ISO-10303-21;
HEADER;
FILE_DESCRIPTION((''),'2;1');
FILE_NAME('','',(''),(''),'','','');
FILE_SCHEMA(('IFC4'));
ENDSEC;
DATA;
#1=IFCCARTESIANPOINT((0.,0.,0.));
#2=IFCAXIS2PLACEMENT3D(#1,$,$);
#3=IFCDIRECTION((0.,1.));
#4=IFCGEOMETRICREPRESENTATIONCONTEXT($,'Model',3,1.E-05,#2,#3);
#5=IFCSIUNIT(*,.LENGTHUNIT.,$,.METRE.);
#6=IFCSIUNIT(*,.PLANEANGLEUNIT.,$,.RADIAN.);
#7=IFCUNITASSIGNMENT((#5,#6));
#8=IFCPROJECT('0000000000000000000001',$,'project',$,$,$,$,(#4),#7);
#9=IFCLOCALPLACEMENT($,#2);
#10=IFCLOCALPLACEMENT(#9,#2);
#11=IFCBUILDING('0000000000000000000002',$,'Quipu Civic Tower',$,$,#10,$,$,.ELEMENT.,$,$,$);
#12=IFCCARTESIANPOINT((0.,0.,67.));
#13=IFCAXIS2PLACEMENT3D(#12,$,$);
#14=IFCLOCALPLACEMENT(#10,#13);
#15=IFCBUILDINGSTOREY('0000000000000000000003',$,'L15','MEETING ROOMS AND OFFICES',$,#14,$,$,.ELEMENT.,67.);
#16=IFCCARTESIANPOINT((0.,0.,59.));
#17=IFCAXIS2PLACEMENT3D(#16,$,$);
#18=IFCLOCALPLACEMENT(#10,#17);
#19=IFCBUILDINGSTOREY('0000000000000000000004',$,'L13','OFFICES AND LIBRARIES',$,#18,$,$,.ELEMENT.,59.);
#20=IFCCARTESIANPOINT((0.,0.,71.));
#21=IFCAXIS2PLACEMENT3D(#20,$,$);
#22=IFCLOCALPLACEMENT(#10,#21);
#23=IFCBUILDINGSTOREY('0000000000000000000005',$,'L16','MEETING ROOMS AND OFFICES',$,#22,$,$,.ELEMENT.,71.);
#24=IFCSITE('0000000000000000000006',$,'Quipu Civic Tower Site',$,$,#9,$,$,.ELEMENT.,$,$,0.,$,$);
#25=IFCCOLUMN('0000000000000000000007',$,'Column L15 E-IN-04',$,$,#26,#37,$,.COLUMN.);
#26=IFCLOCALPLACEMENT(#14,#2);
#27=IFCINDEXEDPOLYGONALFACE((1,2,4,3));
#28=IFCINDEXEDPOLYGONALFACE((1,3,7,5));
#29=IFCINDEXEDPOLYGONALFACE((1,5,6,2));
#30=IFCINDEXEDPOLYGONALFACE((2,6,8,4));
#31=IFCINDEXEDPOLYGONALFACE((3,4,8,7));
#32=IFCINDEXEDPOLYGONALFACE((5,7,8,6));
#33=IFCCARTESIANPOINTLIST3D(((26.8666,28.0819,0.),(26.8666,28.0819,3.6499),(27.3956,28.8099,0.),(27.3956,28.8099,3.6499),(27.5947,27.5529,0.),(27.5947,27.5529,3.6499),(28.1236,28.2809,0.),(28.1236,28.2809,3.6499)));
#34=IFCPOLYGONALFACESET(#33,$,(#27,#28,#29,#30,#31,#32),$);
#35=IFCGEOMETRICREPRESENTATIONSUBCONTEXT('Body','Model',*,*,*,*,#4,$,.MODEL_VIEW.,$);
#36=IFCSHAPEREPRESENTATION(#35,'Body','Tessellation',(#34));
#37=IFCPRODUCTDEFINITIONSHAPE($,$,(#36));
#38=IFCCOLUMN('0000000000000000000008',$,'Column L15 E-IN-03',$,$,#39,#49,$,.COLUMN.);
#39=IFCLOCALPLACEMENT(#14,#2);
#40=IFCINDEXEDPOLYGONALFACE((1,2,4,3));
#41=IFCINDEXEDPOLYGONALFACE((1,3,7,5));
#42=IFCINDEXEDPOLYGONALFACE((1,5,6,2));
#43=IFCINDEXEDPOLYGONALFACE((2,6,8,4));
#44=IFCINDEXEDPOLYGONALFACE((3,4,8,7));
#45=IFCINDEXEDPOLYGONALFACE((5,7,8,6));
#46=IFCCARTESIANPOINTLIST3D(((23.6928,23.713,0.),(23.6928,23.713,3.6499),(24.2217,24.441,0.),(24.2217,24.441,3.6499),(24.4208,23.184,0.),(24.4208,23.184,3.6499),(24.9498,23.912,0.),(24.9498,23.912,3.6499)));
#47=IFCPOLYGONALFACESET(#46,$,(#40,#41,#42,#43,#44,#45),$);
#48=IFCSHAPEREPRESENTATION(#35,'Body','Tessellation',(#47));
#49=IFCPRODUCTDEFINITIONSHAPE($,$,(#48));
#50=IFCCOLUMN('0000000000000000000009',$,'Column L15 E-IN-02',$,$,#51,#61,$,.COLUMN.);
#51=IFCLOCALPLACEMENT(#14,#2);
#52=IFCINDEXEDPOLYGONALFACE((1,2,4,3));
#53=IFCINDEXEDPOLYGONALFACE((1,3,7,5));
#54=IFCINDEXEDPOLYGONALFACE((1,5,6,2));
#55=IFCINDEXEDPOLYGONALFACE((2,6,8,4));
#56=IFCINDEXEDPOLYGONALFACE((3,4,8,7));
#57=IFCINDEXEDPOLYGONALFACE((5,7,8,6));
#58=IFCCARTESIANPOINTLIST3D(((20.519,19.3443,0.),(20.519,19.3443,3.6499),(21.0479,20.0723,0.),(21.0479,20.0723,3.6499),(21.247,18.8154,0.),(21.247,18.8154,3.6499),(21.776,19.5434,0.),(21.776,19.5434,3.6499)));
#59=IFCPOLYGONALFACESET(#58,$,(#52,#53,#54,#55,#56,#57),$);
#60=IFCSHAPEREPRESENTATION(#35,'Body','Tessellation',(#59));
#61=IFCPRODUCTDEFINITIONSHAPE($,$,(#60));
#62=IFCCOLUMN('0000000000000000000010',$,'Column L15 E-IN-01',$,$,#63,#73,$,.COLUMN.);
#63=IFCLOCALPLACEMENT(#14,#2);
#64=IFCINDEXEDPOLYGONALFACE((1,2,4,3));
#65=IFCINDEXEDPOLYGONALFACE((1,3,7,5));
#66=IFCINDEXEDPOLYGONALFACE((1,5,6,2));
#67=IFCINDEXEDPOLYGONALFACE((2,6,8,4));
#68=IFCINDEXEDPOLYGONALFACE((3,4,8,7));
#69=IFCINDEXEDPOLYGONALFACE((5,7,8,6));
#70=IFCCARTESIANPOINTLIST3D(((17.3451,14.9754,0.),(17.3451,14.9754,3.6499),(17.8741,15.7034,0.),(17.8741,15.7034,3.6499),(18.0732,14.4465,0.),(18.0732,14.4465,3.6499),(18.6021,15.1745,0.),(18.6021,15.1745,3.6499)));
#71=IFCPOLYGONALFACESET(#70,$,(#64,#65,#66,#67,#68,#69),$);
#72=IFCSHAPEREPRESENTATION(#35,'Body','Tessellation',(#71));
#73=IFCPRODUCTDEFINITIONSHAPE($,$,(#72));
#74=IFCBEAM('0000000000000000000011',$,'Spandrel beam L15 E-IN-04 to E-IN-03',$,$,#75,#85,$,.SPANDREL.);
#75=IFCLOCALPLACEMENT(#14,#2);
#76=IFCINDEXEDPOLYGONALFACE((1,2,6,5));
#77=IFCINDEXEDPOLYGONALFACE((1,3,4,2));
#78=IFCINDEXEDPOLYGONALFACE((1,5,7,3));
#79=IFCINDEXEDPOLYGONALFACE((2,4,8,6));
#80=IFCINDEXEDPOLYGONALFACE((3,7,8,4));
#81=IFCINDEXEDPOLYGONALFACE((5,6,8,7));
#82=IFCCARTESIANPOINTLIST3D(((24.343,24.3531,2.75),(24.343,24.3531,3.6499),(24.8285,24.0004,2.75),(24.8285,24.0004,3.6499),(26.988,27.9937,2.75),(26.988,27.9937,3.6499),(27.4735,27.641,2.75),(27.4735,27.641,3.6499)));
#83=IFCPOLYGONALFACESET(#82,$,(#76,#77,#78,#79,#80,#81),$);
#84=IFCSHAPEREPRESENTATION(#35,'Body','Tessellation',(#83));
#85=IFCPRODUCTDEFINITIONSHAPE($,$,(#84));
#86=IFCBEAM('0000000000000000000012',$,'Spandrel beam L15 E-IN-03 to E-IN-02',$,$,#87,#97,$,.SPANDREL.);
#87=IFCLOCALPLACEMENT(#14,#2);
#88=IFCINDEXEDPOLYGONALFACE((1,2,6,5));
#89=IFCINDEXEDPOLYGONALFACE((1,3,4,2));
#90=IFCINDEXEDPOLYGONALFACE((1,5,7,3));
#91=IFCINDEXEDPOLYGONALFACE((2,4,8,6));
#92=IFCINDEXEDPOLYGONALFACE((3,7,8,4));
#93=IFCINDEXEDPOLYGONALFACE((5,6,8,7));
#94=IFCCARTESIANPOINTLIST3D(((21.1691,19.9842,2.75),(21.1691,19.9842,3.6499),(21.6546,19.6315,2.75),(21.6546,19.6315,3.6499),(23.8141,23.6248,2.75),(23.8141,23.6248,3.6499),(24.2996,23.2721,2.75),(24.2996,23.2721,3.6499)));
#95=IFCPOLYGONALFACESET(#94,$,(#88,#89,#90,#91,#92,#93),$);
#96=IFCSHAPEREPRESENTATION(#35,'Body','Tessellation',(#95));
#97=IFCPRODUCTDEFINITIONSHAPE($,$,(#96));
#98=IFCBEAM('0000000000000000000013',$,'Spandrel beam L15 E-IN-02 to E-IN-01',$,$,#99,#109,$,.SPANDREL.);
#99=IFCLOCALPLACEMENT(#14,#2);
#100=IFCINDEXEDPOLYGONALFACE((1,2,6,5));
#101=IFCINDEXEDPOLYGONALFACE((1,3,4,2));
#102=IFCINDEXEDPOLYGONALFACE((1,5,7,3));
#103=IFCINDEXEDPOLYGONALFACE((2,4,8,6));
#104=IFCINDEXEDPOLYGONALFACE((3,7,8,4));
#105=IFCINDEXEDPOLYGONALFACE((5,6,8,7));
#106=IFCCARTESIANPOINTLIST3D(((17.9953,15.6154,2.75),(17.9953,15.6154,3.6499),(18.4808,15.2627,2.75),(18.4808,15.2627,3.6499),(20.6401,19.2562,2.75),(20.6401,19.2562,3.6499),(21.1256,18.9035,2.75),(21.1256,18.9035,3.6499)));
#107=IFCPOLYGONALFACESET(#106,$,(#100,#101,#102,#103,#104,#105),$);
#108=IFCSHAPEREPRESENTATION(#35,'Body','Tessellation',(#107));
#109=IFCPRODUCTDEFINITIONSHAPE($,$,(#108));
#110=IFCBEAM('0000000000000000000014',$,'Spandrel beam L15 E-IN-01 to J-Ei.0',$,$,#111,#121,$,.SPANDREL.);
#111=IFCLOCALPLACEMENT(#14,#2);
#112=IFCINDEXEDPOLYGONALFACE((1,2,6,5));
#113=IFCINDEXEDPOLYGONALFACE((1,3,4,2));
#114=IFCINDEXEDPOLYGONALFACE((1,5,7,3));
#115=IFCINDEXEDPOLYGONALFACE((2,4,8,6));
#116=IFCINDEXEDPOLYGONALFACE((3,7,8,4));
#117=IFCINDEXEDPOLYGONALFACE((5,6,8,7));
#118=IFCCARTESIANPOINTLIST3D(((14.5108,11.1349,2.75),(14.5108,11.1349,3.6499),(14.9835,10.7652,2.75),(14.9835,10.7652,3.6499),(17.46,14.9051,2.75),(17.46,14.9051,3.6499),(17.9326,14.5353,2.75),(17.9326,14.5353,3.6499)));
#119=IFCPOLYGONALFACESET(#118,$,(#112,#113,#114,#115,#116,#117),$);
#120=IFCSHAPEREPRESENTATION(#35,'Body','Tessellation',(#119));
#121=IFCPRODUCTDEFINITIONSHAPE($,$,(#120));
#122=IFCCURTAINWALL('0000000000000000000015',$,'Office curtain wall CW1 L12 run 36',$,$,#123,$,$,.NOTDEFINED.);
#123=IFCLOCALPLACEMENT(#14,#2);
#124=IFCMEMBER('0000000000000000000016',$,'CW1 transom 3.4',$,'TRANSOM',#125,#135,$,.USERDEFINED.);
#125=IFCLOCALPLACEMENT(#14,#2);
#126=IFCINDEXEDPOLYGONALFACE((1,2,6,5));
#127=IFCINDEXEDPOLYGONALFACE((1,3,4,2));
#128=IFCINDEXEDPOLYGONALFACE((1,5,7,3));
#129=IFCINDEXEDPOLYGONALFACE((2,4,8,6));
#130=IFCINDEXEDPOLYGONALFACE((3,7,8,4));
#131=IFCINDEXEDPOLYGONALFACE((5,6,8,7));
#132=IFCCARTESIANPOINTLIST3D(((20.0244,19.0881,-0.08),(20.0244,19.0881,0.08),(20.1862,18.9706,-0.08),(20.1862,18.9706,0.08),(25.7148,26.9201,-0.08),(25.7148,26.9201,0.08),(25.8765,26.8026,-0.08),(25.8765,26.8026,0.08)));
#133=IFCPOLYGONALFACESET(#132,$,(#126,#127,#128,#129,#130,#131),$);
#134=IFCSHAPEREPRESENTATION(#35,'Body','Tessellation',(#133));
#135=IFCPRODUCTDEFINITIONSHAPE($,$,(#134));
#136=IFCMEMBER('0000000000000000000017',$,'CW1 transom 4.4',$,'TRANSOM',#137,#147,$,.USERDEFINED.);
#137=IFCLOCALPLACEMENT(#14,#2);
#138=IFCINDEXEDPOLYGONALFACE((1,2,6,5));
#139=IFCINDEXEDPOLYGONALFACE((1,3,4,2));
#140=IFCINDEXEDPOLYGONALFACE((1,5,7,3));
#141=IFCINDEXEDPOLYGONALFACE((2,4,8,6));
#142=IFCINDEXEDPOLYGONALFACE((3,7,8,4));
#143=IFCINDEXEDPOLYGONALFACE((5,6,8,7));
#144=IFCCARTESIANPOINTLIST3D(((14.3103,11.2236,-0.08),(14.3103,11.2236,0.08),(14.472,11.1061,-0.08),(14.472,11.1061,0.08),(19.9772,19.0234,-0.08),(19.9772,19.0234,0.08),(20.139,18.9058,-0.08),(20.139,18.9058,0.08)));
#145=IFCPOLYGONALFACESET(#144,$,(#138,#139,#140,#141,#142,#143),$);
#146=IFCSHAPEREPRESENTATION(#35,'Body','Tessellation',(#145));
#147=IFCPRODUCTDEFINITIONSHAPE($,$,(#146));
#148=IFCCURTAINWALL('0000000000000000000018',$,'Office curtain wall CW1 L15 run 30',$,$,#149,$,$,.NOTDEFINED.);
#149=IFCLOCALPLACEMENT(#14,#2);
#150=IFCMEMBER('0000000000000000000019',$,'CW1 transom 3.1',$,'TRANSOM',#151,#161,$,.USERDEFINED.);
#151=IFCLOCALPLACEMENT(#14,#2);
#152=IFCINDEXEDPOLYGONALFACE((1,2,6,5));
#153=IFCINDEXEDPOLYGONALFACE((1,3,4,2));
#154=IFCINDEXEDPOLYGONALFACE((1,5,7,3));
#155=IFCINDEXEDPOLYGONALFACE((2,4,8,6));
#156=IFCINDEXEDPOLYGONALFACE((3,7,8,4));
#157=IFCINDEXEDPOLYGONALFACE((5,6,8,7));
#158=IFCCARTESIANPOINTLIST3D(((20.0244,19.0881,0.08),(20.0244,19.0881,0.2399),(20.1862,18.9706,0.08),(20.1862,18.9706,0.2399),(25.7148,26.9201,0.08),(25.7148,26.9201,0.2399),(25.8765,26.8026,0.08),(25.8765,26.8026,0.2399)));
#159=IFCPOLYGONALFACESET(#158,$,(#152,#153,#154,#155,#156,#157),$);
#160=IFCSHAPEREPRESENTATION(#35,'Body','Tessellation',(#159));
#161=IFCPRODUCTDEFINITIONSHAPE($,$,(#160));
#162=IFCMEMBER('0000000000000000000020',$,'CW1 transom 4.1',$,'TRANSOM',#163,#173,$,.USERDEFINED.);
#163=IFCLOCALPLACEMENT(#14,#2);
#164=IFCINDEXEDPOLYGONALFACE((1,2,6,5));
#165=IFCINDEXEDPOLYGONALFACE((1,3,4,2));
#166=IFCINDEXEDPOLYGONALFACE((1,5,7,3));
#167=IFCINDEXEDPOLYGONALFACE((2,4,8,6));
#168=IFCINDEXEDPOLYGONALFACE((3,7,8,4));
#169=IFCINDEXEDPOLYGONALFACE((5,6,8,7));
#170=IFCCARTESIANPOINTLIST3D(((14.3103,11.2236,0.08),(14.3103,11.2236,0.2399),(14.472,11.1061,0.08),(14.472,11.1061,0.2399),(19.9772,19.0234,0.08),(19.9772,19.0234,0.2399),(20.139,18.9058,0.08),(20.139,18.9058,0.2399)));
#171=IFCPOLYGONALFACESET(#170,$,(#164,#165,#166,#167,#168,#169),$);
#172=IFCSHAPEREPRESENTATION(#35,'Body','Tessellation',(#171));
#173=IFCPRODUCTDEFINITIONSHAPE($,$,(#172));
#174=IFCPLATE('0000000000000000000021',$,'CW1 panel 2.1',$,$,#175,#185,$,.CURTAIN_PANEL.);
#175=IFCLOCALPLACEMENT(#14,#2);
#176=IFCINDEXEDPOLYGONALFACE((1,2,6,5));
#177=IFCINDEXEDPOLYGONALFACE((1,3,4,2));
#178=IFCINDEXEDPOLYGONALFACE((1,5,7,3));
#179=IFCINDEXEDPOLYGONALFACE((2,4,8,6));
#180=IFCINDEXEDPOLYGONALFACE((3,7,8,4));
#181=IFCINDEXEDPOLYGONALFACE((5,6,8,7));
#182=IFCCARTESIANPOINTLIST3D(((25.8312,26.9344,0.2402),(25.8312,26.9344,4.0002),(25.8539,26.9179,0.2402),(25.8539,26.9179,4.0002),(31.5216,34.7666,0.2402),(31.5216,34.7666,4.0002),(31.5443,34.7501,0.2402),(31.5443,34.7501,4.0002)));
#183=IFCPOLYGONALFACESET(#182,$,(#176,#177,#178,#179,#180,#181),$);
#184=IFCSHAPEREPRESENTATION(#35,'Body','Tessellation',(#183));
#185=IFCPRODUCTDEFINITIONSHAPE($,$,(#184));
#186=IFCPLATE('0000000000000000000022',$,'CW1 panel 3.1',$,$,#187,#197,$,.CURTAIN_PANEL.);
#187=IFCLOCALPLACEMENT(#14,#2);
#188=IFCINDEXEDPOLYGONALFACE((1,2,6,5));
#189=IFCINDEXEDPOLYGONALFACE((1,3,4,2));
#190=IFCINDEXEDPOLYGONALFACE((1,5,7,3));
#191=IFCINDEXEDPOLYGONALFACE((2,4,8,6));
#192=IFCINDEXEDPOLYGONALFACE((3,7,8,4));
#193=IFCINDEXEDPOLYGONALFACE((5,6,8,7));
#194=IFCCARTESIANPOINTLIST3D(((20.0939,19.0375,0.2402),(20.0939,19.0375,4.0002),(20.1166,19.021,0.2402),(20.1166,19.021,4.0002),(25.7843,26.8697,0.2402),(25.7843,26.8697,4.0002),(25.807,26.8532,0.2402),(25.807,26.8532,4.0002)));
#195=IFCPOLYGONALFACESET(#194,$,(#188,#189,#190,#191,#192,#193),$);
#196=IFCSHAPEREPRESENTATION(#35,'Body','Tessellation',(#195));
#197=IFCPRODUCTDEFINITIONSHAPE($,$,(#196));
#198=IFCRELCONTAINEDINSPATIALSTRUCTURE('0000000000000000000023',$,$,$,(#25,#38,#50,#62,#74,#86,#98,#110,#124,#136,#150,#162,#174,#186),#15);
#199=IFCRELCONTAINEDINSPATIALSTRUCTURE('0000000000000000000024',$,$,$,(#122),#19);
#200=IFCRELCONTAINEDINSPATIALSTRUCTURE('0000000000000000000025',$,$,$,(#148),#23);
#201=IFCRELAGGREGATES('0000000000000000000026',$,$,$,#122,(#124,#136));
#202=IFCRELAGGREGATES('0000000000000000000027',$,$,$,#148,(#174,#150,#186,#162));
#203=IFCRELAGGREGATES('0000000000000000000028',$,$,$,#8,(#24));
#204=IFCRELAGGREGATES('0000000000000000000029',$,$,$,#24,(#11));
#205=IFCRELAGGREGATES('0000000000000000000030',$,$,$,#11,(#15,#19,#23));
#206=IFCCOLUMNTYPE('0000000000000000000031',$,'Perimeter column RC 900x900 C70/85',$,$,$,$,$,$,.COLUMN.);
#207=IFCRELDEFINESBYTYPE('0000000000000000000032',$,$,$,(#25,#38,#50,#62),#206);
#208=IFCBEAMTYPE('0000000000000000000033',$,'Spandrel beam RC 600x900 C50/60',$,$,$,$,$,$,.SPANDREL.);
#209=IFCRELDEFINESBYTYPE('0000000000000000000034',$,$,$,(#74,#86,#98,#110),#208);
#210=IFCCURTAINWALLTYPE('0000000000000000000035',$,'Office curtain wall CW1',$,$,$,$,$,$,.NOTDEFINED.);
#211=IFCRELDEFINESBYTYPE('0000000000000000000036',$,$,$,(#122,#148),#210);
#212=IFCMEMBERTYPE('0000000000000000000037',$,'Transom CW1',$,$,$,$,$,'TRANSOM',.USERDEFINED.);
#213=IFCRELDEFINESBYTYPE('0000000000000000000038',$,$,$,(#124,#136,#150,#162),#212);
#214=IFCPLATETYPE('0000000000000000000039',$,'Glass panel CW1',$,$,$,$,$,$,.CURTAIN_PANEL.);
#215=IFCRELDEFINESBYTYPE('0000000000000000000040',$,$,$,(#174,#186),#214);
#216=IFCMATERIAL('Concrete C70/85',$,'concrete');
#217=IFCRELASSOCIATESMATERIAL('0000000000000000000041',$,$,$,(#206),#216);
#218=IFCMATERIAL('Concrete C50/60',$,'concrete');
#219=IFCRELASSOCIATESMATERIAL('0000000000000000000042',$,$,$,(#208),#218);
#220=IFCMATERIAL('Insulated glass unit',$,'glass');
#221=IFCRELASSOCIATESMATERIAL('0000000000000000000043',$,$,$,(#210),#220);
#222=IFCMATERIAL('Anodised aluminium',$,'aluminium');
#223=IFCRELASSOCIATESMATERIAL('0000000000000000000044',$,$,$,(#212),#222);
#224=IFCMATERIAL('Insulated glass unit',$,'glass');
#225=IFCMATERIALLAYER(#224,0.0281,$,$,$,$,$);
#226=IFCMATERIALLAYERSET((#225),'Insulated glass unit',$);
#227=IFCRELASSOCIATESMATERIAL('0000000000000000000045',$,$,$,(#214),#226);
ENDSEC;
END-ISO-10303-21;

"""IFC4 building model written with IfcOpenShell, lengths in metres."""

from ifc_helpers import new_model, si_unit, direction, frame, origin, origin_2d, place, context, subcontext, project, spatial, rectangle, extrude, material, layer, layer_set, material_profile, profile_set, type_object, element, aggregate, save


model = new_model("IFC4")

# Units and contexts
model_context = context("Model", 3, precision=1e-05, world=origin(), true_north=direction((0.0, 1.0)))
body_context = subcontext(model_context, "Body", "Model", "MODEL_VIEW")
ifc_project = project(units=[si_unit("LENGTHUNIT", "METRE"), si_unit("PLANEANGLEUNIT", "RADIAN")], contexts=[model_context])

# Site, building, storey
site_placement = place(None, origin())
site = spatial("IfcSite", under=ifc_project, at=site_placement, Name="Quipu Civic Tower Site", CompositionType="ELEMENT", RefElevation=0.0)
building_placement = place(site_placement, origin())
building = spatial("IfcBuilding", under=site, at=building_placement, Name="Quipu Civic Tower", CompositionType="ELEMENT")
storey_1_placement = place(building_placement, frame((0.0, 0.0, 67.0)))
storey_1 = spatial("IfcBuildingStorey", under=building, at=storey_1_placement, Name="L15", Description="MEETING ROOMS AND OFFICES", CompositionType="ELEMENT", Elevation=67.0)

# Columns
ifc_material_1 = material(Name="Concrete C70/85", Category="concrete")
ifc_material_profile_1 = material_profile(ifc_material_1, rectangle(XDim=0.8999, YDim=0.8999, at=origin_2d()), Name="RC900x900")
ifc_profile_set_1 = profile_set([ifc_material_profile_1], Name="Concrete C70/85")
column_type = type_object("IfcColumnType", Name="Perimeter column RC 900x900 C70/85", PredefinedType="COLUMN", material=ifc_profile_set_1)
for number, where, z_axis, x_axis, name in (
    (1, (27.4951, 28.1814, 0.0), (0.0, 0.0, 1.0), (-0.587785, -0.809017, 0.0), "Column L15 E-IN-04"),
    (2, (24.3213, 23.8125, 0.0), (0.0, 0.0, 1.0), (-0.587785, -0.809017, 0.0), "Column L15 E-IN-03"),
    (3, (21.1475, 19.4438, 0.0), (0.0, 0.0, 1.0), (-0.587785, -0.809017, 0.0), "Column L15 E-IN-02"),
    (4, (17.9736, 15.075, 0.0), (0.0, 0.0, 1.0), (-0.587785, -0.809017, 0.0), "Column L15 E-IN-01"),
):
    element("IfcColumn", number, at=place(storey_1_placement, frame(where, z_axis=z_axis, x_axis=x_axis)), inside=storey_1, type_object=column_type, Name=name, PredefinedType="COLUMN", context=body_context, shape_type="SweptSolid", body=[
        extrude(rectangle(XDim=0.8999, YDim=0.8999, at=origin_2d()), origin(), (0.0, 0.0, 1.0), 3.6499),
    ])

# Beams
ifc_material_2 = material(Name="Concrete C50/60", Category="concrete")
ifc_material_profile_2 = material_profile(ifc_material_2, rectangle(XDim=0.6001, YDim=0.8999, at=origin_2d()), Name="RC600x900")
ifc_profile_set_2 = profile_set([ifc_material_profile_2], Name="Concrete C50/60")
beam_type = type_object("IfcBeamType", Name="Spandrel beam RC 600x900 C50/60", PredefinedType="SPANDREL", material=ifc_profile_set_2)
for number, where, z_axis, x_axis, name in (
    (5, (27.2307, 27.8174, 3.2), (-0.587778, -0.809022, 0.0), (0.809022, -0.587778, 0.0), "Spandrel beam L15 E-IN-04 to E-IN-03"),
    (6, (24.0569, 23.4485, 3.2), (-0.587778, -0.809022, 0.0), (0.809022, -0.587778, 0.0), "Spandrel beam L15 E-IN-03 to E-IN-02"),
    (7, (20.8828, 19.0798, 3.2), (-0.587717, -0.809067, 0.0), (0.809067, -0.587717, 0.0), "Spandrel beam L15 E-IN-02 to E-IN-01"),
):
    element("IfcBeam", number, at=place(storey_1_placement, frame(where, z_axis=z_axis, x_axis=x_axis)), inside=storey_1, type_object=beam_type, Name=name, PredefinedType="SPANDREL", context=body_context, shape_type="SweptSolid", body=[
        extrude(rectangle(XDim=0.6001, YDim=0.8999, at=origin_2d()), origin(), (0.0, 0.0, 1.0), 4.5),
    ])
beam_placement = place(storey_1_placement, frame((17.6963, 14.7202, 3.2), z_axis=(-0.616124, -0.787649, 0.0), x_axis=(0.787649, -0.616124, 0.0)))
element("IfcBeam", 8, at=beam_placement, inside=storey_1, type_object=beam_type, Name="Spandrel beam L15 E-IN-01 to J-Ei.0", PredefinedType="SPANDREL", context=body_context, shape_type="SweptSolid", body=[
    extrude(rectangle(XDim=0.6001, YDim=0.8999, at=origin_2d()), origin(), (0.0, 0.0, 1.0), 4.7866),
])

# Shared definitions
storey_2_placement = place(building_placement, frame((0.0, 0.0, 59.0)))
storey_2 = spatial("IfcBuildingStorey", under=building, at=storey_2_placement, Name="L13", Description="OFFICES AND LIBRARIES", CompositionType="ELEMENT", Elevation=59.0)

# Curtain wall, members
ifc_material_3 = material(Name="Insulated glass unit", Category="glass")
curtain_wall_type = type_object("IfcCurtainWallType", Name="Office curtain wall CW1", PredefinedType="NOTDEFINED", material=ifc_material_3)
curtain_wall_1_placement = place(storey_2_placement, origin())
curtain_wall_1 = element("IfcCurtainWall", 9, at=curtain_wall_1_placement, inside=storey_2, type_object=curtain_wall_type, Name="Office curtain wall CW1 L12 run 36", PredefinedType="NOTDEFINED")
ifc_material_4 = material(Name="Anodised aluminium", Category="aluminium")
ifc_material_profile_3 = material_profile(ifc_material_4, rectangle(XDim=0.2, YDim=0.1599, at=origin_2d()), Name="RECT 200x160")
ifc_profile_set_3 = profile_set([ifc_material_profile_3], Name="Anodised aluminium")
member_type = type_object("IfcMemberType", Name="Transom CW1", ElementType="TRANSOM", PredefinedType="USERDEFINED", material=ifc_profile_set_3)
member_1_placement = place(storey_1_placement, frame((25.7957, 26.8613, 0.0), z_axis=(-0.587794, -0.809011, 0.0), x_axis=(0.809011, -0.587794, 0.0)))
member_1 = element("IfcMember", 10, at=member_1_placement, inside=storey_1, type_object=member_type, Name="CW1 transom 3.4", ObjectType="TRANSOM", PredefinedType="USERDEFINED", context=body_context, shape_type="SweptSolid", body=[
    extrude(rectangle(XDim=0.2, YDim=0.1599, at=origin_2d()), origin(), (0.0, 0.0, 1.0), 9.6809),
])
member_2_placement = place(storey_1_placement, frame((20.0581, 18.9646, 0.0), z_axis=(-0.587792, -0.809012, 0.0), x_axis=(0.809012, -0.587792, 0.0)))
member_2 = element("IfcMember", 11, at=member_2_placement, inside=storey_1, type_object=member_type, Name="CW1 transom 4.4", ObjectType="TRANSOM", PredefinedType="USERDEFINED", context=body_context, shape_type="SweptSolid", body=[
    extrude(rectangle(XDim=0.2, YDim=0.1599, at=origin_2d()), origin(), (0.0, 0.0, 1.0), 9.6411),
])
aggregate(curtain_wall_1, [member_1, member_2])

# Shared definitions
storey_3_placement = place(building_placement, frame((0.0, 0.0, 71.0)))
storey_3 = spatial("IfcBuildingStorey", under=building, at=storey_3_placement, Name="L16", Description="MEETING ROOMS AND OFFICES", CompositionType="ELEMENT", Elevation=71.0)

# Curtain wall, members, plates
curtain_wall_2_placement = place(storey_3_placement, origin())
curtain_wall_2 = element("IfcCurtainWall", 12, at=curtain_wall_2_placement, inside=storey_3, type_object=curtain_wall_type, Name="Office curtain wall CW1 L15 run 30", PredefinedType="NOTDEFINED")
member_3_placement = place(storey_1_placement, frame((25.7957, 26.8613, 0.1599), z_axis=(-0.587794, -0.809011, 0.0), x_axis=(0.809011, -0.587794, 0.0)))
member_3 = element("IfcMember", 13, at=member_3_placement, inside=storey_1, type_object=member_type, Name="CW1 transom 3.1", ObjectType="TRANSOM", PredefinedType="USERDEFINED", context=body_context, shape_type="SweptSolid", body=[
    extrude(rectangle(XDim=0.2, YDim=0.1599, at=origin_2d()), origin(), (0.0, 0.0, 1.0), 9.6809),
])
member_4_placement = place(storey_1_placement, frame((20.0581, 18.9646, 0.1599), z_axis=(-0.587792, -0.809012, 0.0), x_axis=(0.809012, -0.587792, 0.0)))
member_4 = element("IfcMember", 14, at=member_4_placement, inside=storey_1, type_object=member_type, Name="CW1 transom 4.1", ObjectType="TRANSOM", PredefinedType="USERDEFINED", context=body_context, shape_type="SweptSolid", body=[
    extrude(rectangle(XDim=0.2, YDim=0.1599, at=origin_2d()), origin(), (0.0, 0.0, 1.0), 9.6411),
])
ifc_material_5 = material(Name="Insulated glass unit", Category="glass")
ifc_layer = layer(ifc_material_5, 0.0281)
ifc_layer_set = layer_set([ifc_layer], Name="Insulated glass unit")
plate_type_1 = type_object("IfcPlateType", Name="Glass panel CW1", PredefinedType="CURTAIN_PANEL", material=ifc_layer_set)
plate_1_placement = place(storey_1_placement, frame((28.6877, 30.8423, 0.2402), z_axis=(0.0, 0.0, 1.0), x_axis=(-0.587786, -0.809017, 0.0)))
plate_1 = element("IfcPlate", 15, at=plate_1_placement, inside=storey_1, type_object=plate_type_1, Name="CW1 panel 2.1", PredefinedType="CURTAIN_PANEL", context=body_context, shape_type="SweptSolid", body=[
    extrude(rectangle(XDim=9.6812, YDim=0.0281, at=origin_2d()), origin(), (0.0, 0.0, 1.0), 3.76),
])
plate_2_placement = place(storey_1_placement, frame((22.9504, 22.9453, 0.2402), z_axis=(0.0, 0.0, 1.0), x_axis=(-0.587786, -0.809017, 0.0)))
plate_2 = element("IfcPlate", 16, at=plate_2_placement, inside=storey_1, type_object=plate_type_1, Name="CW1 panel 3.1", PredefinedType="CURTAIN_PANEL", context=body_context, shape_type="SweptSolid", body=[
    extrude(rectangle(XDim=9.6812, YDim=0.0281, at=origin_2d()), origin(), (0.0, 0.0, 1.0), 3.76),
])
aggregate(curtain_wall_2, [plate_1, member_3, plate_2, member_4])

save(model, "model.ifc")
